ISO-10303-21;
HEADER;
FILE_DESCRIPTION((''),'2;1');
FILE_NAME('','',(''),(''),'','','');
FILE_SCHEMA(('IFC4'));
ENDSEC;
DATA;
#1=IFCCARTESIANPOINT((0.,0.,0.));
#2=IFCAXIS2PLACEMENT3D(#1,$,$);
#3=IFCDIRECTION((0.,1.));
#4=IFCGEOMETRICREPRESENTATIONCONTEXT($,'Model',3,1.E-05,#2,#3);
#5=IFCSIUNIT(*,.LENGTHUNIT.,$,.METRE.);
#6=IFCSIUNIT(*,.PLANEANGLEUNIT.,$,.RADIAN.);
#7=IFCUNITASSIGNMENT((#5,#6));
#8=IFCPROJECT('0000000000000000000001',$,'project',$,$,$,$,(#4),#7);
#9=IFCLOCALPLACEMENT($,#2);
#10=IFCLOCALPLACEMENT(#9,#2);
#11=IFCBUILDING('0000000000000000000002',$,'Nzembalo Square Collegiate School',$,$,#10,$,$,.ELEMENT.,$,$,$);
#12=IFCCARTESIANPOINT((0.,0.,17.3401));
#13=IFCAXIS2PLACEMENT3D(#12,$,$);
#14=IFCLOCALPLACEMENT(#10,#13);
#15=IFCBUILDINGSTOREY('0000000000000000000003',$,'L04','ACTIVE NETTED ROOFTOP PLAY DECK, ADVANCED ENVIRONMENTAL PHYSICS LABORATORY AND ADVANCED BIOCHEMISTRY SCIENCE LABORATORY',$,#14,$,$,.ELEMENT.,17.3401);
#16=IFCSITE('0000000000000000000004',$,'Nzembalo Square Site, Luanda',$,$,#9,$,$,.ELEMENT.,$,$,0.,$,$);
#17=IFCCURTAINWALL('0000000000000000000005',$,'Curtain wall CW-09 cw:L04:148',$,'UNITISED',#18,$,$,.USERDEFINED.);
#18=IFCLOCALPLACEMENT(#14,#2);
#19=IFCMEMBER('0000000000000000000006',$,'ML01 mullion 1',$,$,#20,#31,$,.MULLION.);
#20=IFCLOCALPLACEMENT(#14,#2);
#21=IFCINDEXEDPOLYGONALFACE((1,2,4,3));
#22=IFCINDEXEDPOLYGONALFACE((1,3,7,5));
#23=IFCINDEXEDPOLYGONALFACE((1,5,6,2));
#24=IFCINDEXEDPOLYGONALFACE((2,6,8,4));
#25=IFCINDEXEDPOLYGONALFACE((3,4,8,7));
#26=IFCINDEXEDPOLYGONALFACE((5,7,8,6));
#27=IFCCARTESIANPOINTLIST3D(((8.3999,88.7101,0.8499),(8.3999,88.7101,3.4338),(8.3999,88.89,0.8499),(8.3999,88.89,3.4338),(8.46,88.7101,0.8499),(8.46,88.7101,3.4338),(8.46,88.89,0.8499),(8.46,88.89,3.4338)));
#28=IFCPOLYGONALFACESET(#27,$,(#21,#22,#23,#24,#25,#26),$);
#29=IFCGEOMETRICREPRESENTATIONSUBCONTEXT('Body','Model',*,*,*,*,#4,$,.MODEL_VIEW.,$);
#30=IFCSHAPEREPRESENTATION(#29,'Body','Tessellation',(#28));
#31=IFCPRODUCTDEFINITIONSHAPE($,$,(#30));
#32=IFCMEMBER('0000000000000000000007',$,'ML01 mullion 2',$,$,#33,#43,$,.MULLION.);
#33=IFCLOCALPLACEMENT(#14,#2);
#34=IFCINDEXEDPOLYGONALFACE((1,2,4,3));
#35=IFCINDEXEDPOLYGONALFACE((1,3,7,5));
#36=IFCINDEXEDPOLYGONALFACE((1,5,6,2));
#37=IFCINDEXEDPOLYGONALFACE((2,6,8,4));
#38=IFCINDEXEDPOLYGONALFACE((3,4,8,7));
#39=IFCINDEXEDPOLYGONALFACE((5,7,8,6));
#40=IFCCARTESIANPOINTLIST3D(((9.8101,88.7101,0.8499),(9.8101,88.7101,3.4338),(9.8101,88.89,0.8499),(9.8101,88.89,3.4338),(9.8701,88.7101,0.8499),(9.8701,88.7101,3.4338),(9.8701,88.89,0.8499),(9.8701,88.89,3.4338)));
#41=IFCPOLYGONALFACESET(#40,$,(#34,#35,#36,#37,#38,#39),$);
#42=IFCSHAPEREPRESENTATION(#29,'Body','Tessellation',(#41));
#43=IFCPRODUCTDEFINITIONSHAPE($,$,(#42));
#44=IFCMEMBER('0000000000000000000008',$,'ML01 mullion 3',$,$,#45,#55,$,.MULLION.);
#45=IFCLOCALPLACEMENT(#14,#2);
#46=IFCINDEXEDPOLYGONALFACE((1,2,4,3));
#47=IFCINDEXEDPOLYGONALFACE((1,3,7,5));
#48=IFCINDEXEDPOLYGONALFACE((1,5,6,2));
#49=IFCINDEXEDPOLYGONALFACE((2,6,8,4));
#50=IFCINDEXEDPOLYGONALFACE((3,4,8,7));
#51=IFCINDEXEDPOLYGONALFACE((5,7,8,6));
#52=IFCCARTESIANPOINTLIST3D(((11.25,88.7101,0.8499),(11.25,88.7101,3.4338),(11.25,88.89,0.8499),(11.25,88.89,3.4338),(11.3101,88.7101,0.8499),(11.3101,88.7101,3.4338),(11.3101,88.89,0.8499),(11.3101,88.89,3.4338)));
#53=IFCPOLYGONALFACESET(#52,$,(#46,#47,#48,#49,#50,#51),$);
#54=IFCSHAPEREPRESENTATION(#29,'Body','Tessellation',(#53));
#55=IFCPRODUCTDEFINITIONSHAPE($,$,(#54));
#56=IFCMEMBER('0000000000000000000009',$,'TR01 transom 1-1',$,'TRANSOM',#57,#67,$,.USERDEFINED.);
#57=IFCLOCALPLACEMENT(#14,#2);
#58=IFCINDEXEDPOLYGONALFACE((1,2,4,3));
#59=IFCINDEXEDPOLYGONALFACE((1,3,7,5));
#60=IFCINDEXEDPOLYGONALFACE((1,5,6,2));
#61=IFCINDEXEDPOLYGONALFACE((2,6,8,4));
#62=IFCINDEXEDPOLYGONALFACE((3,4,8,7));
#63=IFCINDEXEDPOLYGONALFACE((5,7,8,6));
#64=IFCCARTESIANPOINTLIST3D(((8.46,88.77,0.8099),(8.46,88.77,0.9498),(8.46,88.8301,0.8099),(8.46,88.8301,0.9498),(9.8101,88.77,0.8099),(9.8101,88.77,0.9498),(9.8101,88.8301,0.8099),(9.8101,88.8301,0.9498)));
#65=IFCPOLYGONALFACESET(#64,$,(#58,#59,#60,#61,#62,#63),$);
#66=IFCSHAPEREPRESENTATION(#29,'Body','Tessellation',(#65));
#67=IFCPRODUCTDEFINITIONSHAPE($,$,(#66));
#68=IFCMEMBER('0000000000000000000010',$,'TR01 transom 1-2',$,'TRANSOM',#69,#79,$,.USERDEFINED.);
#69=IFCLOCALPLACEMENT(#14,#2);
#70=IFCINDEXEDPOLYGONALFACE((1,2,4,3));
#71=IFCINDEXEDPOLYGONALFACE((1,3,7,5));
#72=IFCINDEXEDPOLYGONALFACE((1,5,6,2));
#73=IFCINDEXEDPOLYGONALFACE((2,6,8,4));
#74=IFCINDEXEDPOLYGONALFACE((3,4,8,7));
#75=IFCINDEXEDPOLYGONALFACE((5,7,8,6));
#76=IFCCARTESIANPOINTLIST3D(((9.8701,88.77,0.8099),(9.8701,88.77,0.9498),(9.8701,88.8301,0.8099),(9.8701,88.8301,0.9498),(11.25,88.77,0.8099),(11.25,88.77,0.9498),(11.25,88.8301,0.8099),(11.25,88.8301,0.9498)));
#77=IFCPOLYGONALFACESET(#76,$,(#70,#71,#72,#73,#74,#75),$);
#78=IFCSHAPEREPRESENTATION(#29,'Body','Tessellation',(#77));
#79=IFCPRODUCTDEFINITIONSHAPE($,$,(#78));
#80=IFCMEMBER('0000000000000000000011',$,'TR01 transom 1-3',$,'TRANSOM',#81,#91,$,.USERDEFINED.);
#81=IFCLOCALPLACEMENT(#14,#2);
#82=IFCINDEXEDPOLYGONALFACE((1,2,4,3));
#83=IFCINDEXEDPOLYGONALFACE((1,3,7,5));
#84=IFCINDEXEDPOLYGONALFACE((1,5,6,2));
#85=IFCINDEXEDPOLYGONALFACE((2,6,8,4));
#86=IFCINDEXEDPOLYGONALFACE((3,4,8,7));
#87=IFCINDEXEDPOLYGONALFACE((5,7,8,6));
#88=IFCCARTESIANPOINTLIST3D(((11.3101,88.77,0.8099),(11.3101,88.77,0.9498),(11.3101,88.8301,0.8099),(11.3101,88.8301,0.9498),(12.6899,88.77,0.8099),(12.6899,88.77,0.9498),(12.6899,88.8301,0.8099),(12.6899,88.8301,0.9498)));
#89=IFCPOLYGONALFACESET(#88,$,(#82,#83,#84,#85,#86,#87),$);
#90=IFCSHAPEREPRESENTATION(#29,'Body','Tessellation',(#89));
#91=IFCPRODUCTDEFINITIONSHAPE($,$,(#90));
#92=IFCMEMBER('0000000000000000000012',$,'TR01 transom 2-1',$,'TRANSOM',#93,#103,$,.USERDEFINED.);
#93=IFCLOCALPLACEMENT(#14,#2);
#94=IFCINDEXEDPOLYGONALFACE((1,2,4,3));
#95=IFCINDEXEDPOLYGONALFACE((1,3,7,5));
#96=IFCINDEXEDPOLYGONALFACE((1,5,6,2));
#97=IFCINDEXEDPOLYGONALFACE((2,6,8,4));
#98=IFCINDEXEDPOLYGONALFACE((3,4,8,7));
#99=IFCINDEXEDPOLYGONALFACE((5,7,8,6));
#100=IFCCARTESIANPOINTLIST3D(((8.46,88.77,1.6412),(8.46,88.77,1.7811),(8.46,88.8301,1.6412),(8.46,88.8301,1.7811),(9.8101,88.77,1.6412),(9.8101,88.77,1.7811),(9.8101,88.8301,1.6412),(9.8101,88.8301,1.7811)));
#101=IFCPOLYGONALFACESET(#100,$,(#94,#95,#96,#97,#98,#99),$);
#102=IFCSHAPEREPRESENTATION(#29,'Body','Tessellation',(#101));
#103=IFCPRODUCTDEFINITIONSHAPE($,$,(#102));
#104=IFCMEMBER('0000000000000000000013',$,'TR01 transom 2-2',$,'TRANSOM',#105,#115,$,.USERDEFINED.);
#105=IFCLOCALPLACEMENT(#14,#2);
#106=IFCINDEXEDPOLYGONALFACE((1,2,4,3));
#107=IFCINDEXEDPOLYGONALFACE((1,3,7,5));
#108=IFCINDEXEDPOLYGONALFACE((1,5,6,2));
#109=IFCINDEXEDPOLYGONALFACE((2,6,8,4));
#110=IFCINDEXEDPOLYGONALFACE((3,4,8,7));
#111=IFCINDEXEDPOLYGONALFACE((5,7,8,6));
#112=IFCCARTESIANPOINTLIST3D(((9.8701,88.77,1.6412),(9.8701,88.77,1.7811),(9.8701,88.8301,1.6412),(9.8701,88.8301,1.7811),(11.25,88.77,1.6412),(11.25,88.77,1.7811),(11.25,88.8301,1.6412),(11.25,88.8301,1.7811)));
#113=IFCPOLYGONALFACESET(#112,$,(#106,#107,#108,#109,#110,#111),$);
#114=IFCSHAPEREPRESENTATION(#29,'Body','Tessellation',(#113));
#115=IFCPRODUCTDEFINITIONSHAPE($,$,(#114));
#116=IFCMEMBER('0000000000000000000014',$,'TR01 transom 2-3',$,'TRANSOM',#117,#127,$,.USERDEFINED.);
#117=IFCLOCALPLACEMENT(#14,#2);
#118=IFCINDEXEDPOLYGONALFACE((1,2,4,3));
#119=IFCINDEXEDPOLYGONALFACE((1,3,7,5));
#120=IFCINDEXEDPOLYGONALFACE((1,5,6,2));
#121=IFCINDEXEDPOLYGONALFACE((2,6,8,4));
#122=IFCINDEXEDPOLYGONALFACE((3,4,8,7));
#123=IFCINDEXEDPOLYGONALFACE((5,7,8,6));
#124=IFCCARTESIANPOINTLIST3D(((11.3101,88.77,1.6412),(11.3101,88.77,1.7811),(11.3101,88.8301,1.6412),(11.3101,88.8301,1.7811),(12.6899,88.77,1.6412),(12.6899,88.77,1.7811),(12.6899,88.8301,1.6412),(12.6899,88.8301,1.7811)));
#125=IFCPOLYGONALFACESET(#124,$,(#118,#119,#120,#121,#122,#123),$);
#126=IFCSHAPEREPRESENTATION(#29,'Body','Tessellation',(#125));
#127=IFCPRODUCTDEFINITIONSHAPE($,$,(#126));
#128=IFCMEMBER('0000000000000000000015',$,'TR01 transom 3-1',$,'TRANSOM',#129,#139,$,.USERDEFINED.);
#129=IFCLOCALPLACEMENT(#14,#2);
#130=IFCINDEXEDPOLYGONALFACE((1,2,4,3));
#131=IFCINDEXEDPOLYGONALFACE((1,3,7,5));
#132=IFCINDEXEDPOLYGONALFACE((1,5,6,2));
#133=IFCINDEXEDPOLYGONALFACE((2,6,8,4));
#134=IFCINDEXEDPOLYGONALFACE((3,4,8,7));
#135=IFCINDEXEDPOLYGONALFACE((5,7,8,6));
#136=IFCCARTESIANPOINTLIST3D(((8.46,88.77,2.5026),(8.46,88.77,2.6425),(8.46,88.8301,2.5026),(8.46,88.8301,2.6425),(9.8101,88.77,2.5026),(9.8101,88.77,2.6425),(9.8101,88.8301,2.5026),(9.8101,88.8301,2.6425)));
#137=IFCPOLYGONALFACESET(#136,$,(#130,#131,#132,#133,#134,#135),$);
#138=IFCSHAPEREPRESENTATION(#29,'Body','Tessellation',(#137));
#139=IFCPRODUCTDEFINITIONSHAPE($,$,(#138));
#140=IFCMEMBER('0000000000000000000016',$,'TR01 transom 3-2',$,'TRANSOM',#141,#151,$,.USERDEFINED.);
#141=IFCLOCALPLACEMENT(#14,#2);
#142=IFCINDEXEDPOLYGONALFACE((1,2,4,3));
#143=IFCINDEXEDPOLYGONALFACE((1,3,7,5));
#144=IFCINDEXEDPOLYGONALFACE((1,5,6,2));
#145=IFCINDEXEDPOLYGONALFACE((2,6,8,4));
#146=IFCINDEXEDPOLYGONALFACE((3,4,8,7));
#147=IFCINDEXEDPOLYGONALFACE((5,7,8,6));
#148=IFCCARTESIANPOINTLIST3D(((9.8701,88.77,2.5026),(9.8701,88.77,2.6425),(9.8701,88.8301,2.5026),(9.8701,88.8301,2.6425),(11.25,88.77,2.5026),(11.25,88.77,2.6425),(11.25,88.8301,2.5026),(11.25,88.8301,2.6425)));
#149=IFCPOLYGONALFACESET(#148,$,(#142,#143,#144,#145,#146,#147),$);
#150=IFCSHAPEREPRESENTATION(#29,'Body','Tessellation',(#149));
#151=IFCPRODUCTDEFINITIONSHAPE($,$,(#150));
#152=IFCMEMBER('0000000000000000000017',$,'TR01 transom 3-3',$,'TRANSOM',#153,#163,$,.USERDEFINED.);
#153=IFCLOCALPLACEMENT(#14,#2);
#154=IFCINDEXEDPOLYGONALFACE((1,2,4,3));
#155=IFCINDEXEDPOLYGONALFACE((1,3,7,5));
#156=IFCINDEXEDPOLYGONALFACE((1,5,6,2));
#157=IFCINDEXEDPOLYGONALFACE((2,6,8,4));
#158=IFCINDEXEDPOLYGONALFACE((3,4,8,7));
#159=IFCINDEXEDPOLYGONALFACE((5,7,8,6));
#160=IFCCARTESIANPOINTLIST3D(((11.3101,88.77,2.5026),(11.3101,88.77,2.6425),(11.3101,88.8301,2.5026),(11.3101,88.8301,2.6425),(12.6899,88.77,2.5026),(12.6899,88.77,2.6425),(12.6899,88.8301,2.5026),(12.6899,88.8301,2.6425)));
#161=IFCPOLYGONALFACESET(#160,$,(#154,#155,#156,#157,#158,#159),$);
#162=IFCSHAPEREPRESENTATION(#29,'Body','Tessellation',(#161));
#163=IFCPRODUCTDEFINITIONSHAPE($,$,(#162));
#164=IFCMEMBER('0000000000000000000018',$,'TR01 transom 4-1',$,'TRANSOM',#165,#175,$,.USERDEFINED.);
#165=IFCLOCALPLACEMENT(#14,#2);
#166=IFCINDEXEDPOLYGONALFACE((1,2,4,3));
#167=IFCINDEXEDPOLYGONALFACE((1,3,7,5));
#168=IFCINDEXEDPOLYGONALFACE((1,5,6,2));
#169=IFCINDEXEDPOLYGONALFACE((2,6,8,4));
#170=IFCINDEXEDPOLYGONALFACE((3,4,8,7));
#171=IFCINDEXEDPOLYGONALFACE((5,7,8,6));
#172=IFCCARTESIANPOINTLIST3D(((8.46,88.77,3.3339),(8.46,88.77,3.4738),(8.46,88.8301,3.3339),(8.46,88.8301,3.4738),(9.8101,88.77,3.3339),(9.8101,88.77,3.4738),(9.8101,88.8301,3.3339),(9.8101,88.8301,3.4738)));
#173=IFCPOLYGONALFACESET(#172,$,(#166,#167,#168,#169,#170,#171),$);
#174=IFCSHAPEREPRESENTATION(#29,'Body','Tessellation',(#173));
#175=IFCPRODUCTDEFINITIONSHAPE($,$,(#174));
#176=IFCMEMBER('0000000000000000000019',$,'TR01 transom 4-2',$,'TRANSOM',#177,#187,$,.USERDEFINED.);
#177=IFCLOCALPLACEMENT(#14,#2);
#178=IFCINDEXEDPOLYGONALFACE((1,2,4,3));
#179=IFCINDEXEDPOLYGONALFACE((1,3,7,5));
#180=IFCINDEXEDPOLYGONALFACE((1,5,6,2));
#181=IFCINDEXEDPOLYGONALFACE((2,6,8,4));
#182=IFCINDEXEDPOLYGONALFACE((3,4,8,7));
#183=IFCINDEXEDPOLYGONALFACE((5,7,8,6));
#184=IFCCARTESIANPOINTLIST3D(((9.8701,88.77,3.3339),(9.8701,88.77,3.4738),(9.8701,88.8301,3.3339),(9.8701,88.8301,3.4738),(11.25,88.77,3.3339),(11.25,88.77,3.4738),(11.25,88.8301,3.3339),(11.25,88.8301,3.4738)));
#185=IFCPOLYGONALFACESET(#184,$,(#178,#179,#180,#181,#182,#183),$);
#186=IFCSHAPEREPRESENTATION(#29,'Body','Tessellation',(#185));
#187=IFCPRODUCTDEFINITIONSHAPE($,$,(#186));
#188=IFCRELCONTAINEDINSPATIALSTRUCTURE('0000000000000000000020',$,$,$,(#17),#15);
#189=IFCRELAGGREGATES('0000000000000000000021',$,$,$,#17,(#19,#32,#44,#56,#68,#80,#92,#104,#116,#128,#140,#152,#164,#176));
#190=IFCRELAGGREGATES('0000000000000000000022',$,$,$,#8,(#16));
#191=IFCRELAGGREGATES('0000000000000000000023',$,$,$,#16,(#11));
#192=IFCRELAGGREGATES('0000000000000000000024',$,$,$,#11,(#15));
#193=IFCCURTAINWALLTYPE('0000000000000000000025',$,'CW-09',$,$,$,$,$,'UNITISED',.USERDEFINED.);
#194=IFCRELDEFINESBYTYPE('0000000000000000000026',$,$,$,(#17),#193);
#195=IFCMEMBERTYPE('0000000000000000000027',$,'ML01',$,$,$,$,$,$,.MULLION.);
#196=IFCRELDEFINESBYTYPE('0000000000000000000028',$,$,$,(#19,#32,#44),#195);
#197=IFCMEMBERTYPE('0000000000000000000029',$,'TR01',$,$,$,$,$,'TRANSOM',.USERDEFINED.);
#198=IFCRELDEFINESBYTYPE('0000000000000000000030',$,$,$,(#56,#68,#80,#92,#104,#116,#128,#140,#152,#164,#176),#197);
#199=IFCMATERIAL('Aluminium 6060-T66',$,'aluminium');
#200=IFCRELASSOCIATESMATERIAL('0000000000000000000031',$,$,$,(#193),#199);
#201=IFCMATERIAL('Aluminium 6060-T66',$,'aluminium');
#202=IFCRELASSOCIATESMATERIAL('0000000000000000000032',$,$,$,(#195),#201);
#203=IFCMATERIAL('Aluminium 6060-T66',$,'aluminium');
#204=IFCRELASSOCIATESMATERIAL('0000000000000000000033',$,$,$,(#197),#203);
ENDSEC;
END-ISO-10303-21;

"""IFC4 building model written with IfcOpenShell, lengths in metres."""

from ifc_helpers import new_model, si_unit, direction, frame, origin, origin_2d, place, context, subcontext, project, spatial, rectangle, extrude, material, material_profile, profile_set, type_object, element, aggregate, save


model = new_model("IFC4")

# Units and contexts
model_context = context("Model", 3, precision=1e-05, world=origin(), true_north=direction((0.0, 1.0)))
body_context = subcontext(model_context, "Body", "Model", "MODEL_VIEW")
ifc_project = project(units=[si_unit("LENGTHUNIT", "METRE"), si_unit("PLANEANGLEUNIT", "RADIAN")], contexts=[model_context])

# Site, building, storey
site_placement = place(None, origin())
site = spatial("IfcSite", under=ifc_project, at=site_placement, Name="Nzembalo Square Site, Luanda", CompositionType="ELEMENT", RefElevation=0.0)
building_placement = place(site_placement, origin())
building = spatial("IfcBuilding", under=site, at=building_placement, Name="Nzembalo Square Collegiate School", CompositionType="ELEMENT")
storey_placement = place(building_placement, frame((0.0, 0.0, 17.3401)))
storey = spatial("IfcBuildingStorey", under=building, at=storey_placement, Name="L04", Description="ACTIVE NETTED ROOFTOP PLAY DECK, ADVANCED ENVIRONMENTAL PHYSICS LABORATORY AND ADVANCED BIOCHEMISTRY SCIENCE LABORATORY", CompositionType="ELEMENT", Elevation=17.3401)

# Curtain wall, members
ifc_material_1 = material(Name="Aluminium 6060-T66", Category="aluminium")
curtain_wall_type = type_object("IfcCurtainWallType", Name="CW-09", ElementType="UNITISED", PredefinedType="USERDEFINED", material=ifc_material_1)
curtain_wall_placement = place(storey_placement, origin())
curtain_wall = element("IfcCurtainWall", 1, at=curtain_wall_placement, inside=storey, type_object=curtain_wall_type, Name="Curtain wall CW-09 cw:L04:148", ObjectType="UNITISED", PredefinedType="USERDEFINED")
ifc_material_2 = material(Name="Aluminium 6060-T66", Category="aluminium")
ifc_material_profile_1 = material_profile(ifc_material_2, rectangle(XDim=0.0601, YDim=0.1799, at=origin_2d()), Name="ALU M60x180")
ifc_profile_set_1 = profile_set([ifc_material_profile_1], Name="Aluminium 6060-T66")
member_type_1 = type_object("IfcMemberType", Name="ML01", PredefinedType="MULLION", material=ifc_profile_set_1)
member_1_placement = place(storey_placement, frame((8.4299, 88.8, 0.8499), z_axis=(0.0, 0.0, 1.0), x_axis=(1.0, 0.0, 0.0)))
member_1 = element("IfcMember", 2, at=member_1_placement, type_object=member_type_1, Name="ML01 mullion 1", PredefinedType="MULLION", context=body_context, shape_type="SweptSolid", body=[
    extrude(rectangle(XDim=0.0601, YDim=0.1799, at=origin_2d()), origin(), (0.0, 0.0, 1.0), 2.584),
])
member_2_placement = place(storey_placement, frame((9.8401, 88.8, 0.8499), z_axis=(0.0, 0.0, 1.0), x_axis=(1.0, 0.0, 0.0)))
member_2 = element("IfcMember", 3, at=member_2_placement, type_object=member_type_1, Name="ML01 mullion 2", PredefinedType="MULLION", context=body_context, shape_type="SweptSolid", body=[
    extrude(rectangle(XDim=0.0601, YDim=0.1799, at=origin_2d()), origin(), (0.0, 0.0, 1.0), 2.584),
])
member_3_placement = place(storey_placement, frame((11.28, 88.8, 0.8499), z_axis=(0.0, 0.0, 1.0), x_axis=(1.0, 0.0, 0.0)))
member_3 = element("IfcMember", 4, at=member_3_placement, type_object=member_type_1, Name="ML01 mullion 3", PredefinedType="MULLION", context=body_context, shape_type="SweptSolid", body=[
    extrude(rectangle(XDim=0.0601, YDim=0.1799, at=origin_2d()), origin(), (0.0, 0.0, 1.0), 2.584),
])
ifc_material_3 = material(Name="Aluminium 6060-T66", Category="aluminium")
ifc_material_profile_2 = material_profile(ifc_material_3, rectangle(XDim=0.0601, YDim=0.1399, at=origin_2d()), Name="ALU T60x140")
ifc_profile_set_2 = profile_set([ifc_material_profile_2], Name="Aluminium 6060-T66")
member_type_2 = type_object("IfcMemberType", Name="TR01", ElementType="TRANSOM", PredefinedType="USERDEFINED", material=ifc_profile_set_2)
member_4_placement = place(storey_placement, frame((8.46, 88.8, 0.8799), z_axis=(1.0, 0.0, 0.0), x_axis=(0.0, 1.0, 0.0)))
member_4 = element("IfcMember", 5, at=member_4_placement, type_object=member_type_2, Name="TR01 transom 1-1", ObjectType="TRANSOM", PredefinedType="USERDEFINED", context=body_context, shape_type="SweptSolid", body=[
    extrude(rectangle(XDim=0.0601, YDim=0.1399, at=origin_2d()), origin(), (0.0, 0.0, 1.0), 1.3501),
])
member_5_placement = place(storey_placement, frame((9.8701, 88.8, 0.8799), z_axis=(1.0, 0.0, 0.0), x_axis=(0.0, 1.0, 0.0)))
member_5 = element("IfcMember", 6, at=member_5_placement, type_object=member_type_2, Name="TR01 transom 1-2", ObjectType="TRANSOM", PredefinedType="USERDEFINED", context=body_context, shape_type="SweptSolid", body=[
    extrude(rectangle(XDim=0.0601, YDim=0.1399, at=origin_2d()), origin(), (0.0, 0.0, 1.0), 1.3799),
])
member_6_placement = place(storey_placement, frame((11.3101, 88.8, 0.8799), z_axis=(1.0, 0.0, 0.0), x_axis=(0.0, 1.0, 0.0)))
member_6 = element("IfcMember", 7, at=member_6_placement, type_object=member_type_2, Name="TR01 transom 1-3", ObjectType="TRANSOM", PredefinedType="USERDEFINED", context=body_context, shape_type="SweptSolid", body=[
    extrude(rectangle(XDim=0.0601, YDim=0.1399, at=origin_2d()), origin(), (0.0, 0.0, 1.0), 1.3799),
])
member_7_placement = place(storey_placement, frame((8.46, 88.8, 1.7112), z_axis=(1.0, 0.0, 0.0), x_axis=(0.0, 1.0, 0.0)))
member_7 = element("IfcMember", 8, at=member_7_placement, type_object=member_type_2, Name="TR01 transom 2-1", ObjectType="TRANSOM", PredefinedType="USERDEFINED", context=body_context, shape_type="SweptSolid", body=[
    extrude(rectangle(XDim=0.0601, YDim=0.1399, at=origin_2d()), origin(), (0.0, 0.0, 1.0), 1.3501),
])
member_8_placement = place(storey_placement, frame((9.8701, 88.8, 1.7112), z_axis=(1.0, 0.0, 0.0), x_axis=(0.0, 1.0, 0.0)))
member_8 = element("IfcMember", 9, at=member_8_placement, type_object=member_type_2, Name="TR01 transom 2-2", ObjectType="TRANSOM", PredefinedType="USERDEFINED", context=body_context, shape_type="SweptSolid", body=[
    extrude(rectangle(XDim=0.0601, YDim=0.1399, at=origin_2d()), origin(), (0.0, 0.0, 1.0), 1.3799),
])
member_9_placement = place(storey_placement, frame((11.3101, 88.8, 1.7112), z_axis=(1.0, 0.0, 0.0), x_axis=(0.0, 1.0, 0.0)))
member_9 = element("IfcMember", 10, at=member_9_placement, type_object=member_type_2, Name="TR01 transom 2-3", ObjectType="TRANSOM", PredefinedType="USERDEFINED", context=body_context, shape_type="SweptSolid", body=[
    extrude(rectangle(XDim=0.0601, YDim=0.1399, at=origin_2d()), origin(), (0.0, 0.0, 1.0), 1.3799),
])
member_10_placement = place(storey_placement, frame((8.46, 88.8, 2.5725), z_axis=(1.0, 0.0, 0.0), x_axis=(0.0, 1.0, 0.0)))
member_10 = element("IfcMember", 11, at=member_10_placement, type_object=member_type_2, Name="TR01 transom 3-1", ObjectType="TRANSOM", PredefinedType="USERDEFINED", context=body_context, shape_type="SweptSolid", body=[
    extrude(rectangle(XDim=0.0601, YDim=0.1399, at=origin_2d()), origin(), (0.0, 0.0, 1.0), 1.3501),
])
member_11_placement = place(storey_placement, frame((9.8701, 88.8, 2.5725), z_axis=(1.0, 0.0, 0.0), x_axis=(0.0, 1.0, 0.0)))
member_11 = element("IfcMember", 12, at=member_11_placement, type_object=member_type_2, Name="TR01 transom 3-2", ObjectType="TRANSOM", PredefinedType="USERDEFINED", context=body_context, shape_type="SweptSolid", body=[
    extrude(rectangle(XDim=0.0601, YDim=0.1399, at=origin_2d()), origin(), (0.0, 0.0, 1.0), 1.3799),
])
member_12_placement = place(storey_placement, frame((11.3101, 88.8, 2.5725), z_axis=(1.0, 0.0, 0.0), x_axis=(0.0, 1.0, 0.0)))
member_12 = element("IfcMember", 13, at=member_12_placement, type_object=member_type_2, Name="TR01 transom 3-3", ObjectType="TRANSOM", PredefinedType="USERDEFINED", context=body_context, shape_type="SweptSolid", body=[
    extrude(rectangle(XDim=0.0601, YDim=0.1399, at=origin_2d()), origin(), (0.0, 0.0, 1.0), 1.3799),
])
member_13_placement = place(storey_placement, frame((8.46, 88.8, 3.4038), z_axis=(1.0, 0.0, 0.0), x_axis=(0.0, 1.0, 0.0)))
member_13 = element("IfcMember", 14, at=member_13_placement, type_object=member_type_2, Name="TR01 transom 4-1", ObjectType="TRANSOM", PredefinedType="USERDEFINED", context=body_context, shape_type="SweptSolid", body=[
    extrude(rectangle(XDim=0.0601, YDim=0.1399, at=origin_2d()), origin(), (0.0, 0.0, 1.0), 1.3501),
])
member_14_placement = place(storey_placement, frame((9.8701, 88.8, 3.4038), z_axis=(1.0, 0.0, 0.0), x_axis=(0.0, 1.0, 0.0)))
member_14 = element("IfcMember", 15, at=member_14_placement, type_object=member_type_2, Name="TR01 transom 4-2", ObjectType="TRANSOM", PredefinedType="USERDEFINED", context=body_context, shape_type="SweptSolid", body=[
    extrude(rectangle(XDim=0.0601, YDim=0.1399, at=origin_2d()), origin(), (0.0, 0.0, 1.0), 1.3799),
])
aggregate(curtain_wall, [member_1, member_2, member_3, member_4, member_5, member_6, member_7, member_8, member_9, member_10, member_11, member_12, member_13, member_14])

save(model, "model.ifc")
